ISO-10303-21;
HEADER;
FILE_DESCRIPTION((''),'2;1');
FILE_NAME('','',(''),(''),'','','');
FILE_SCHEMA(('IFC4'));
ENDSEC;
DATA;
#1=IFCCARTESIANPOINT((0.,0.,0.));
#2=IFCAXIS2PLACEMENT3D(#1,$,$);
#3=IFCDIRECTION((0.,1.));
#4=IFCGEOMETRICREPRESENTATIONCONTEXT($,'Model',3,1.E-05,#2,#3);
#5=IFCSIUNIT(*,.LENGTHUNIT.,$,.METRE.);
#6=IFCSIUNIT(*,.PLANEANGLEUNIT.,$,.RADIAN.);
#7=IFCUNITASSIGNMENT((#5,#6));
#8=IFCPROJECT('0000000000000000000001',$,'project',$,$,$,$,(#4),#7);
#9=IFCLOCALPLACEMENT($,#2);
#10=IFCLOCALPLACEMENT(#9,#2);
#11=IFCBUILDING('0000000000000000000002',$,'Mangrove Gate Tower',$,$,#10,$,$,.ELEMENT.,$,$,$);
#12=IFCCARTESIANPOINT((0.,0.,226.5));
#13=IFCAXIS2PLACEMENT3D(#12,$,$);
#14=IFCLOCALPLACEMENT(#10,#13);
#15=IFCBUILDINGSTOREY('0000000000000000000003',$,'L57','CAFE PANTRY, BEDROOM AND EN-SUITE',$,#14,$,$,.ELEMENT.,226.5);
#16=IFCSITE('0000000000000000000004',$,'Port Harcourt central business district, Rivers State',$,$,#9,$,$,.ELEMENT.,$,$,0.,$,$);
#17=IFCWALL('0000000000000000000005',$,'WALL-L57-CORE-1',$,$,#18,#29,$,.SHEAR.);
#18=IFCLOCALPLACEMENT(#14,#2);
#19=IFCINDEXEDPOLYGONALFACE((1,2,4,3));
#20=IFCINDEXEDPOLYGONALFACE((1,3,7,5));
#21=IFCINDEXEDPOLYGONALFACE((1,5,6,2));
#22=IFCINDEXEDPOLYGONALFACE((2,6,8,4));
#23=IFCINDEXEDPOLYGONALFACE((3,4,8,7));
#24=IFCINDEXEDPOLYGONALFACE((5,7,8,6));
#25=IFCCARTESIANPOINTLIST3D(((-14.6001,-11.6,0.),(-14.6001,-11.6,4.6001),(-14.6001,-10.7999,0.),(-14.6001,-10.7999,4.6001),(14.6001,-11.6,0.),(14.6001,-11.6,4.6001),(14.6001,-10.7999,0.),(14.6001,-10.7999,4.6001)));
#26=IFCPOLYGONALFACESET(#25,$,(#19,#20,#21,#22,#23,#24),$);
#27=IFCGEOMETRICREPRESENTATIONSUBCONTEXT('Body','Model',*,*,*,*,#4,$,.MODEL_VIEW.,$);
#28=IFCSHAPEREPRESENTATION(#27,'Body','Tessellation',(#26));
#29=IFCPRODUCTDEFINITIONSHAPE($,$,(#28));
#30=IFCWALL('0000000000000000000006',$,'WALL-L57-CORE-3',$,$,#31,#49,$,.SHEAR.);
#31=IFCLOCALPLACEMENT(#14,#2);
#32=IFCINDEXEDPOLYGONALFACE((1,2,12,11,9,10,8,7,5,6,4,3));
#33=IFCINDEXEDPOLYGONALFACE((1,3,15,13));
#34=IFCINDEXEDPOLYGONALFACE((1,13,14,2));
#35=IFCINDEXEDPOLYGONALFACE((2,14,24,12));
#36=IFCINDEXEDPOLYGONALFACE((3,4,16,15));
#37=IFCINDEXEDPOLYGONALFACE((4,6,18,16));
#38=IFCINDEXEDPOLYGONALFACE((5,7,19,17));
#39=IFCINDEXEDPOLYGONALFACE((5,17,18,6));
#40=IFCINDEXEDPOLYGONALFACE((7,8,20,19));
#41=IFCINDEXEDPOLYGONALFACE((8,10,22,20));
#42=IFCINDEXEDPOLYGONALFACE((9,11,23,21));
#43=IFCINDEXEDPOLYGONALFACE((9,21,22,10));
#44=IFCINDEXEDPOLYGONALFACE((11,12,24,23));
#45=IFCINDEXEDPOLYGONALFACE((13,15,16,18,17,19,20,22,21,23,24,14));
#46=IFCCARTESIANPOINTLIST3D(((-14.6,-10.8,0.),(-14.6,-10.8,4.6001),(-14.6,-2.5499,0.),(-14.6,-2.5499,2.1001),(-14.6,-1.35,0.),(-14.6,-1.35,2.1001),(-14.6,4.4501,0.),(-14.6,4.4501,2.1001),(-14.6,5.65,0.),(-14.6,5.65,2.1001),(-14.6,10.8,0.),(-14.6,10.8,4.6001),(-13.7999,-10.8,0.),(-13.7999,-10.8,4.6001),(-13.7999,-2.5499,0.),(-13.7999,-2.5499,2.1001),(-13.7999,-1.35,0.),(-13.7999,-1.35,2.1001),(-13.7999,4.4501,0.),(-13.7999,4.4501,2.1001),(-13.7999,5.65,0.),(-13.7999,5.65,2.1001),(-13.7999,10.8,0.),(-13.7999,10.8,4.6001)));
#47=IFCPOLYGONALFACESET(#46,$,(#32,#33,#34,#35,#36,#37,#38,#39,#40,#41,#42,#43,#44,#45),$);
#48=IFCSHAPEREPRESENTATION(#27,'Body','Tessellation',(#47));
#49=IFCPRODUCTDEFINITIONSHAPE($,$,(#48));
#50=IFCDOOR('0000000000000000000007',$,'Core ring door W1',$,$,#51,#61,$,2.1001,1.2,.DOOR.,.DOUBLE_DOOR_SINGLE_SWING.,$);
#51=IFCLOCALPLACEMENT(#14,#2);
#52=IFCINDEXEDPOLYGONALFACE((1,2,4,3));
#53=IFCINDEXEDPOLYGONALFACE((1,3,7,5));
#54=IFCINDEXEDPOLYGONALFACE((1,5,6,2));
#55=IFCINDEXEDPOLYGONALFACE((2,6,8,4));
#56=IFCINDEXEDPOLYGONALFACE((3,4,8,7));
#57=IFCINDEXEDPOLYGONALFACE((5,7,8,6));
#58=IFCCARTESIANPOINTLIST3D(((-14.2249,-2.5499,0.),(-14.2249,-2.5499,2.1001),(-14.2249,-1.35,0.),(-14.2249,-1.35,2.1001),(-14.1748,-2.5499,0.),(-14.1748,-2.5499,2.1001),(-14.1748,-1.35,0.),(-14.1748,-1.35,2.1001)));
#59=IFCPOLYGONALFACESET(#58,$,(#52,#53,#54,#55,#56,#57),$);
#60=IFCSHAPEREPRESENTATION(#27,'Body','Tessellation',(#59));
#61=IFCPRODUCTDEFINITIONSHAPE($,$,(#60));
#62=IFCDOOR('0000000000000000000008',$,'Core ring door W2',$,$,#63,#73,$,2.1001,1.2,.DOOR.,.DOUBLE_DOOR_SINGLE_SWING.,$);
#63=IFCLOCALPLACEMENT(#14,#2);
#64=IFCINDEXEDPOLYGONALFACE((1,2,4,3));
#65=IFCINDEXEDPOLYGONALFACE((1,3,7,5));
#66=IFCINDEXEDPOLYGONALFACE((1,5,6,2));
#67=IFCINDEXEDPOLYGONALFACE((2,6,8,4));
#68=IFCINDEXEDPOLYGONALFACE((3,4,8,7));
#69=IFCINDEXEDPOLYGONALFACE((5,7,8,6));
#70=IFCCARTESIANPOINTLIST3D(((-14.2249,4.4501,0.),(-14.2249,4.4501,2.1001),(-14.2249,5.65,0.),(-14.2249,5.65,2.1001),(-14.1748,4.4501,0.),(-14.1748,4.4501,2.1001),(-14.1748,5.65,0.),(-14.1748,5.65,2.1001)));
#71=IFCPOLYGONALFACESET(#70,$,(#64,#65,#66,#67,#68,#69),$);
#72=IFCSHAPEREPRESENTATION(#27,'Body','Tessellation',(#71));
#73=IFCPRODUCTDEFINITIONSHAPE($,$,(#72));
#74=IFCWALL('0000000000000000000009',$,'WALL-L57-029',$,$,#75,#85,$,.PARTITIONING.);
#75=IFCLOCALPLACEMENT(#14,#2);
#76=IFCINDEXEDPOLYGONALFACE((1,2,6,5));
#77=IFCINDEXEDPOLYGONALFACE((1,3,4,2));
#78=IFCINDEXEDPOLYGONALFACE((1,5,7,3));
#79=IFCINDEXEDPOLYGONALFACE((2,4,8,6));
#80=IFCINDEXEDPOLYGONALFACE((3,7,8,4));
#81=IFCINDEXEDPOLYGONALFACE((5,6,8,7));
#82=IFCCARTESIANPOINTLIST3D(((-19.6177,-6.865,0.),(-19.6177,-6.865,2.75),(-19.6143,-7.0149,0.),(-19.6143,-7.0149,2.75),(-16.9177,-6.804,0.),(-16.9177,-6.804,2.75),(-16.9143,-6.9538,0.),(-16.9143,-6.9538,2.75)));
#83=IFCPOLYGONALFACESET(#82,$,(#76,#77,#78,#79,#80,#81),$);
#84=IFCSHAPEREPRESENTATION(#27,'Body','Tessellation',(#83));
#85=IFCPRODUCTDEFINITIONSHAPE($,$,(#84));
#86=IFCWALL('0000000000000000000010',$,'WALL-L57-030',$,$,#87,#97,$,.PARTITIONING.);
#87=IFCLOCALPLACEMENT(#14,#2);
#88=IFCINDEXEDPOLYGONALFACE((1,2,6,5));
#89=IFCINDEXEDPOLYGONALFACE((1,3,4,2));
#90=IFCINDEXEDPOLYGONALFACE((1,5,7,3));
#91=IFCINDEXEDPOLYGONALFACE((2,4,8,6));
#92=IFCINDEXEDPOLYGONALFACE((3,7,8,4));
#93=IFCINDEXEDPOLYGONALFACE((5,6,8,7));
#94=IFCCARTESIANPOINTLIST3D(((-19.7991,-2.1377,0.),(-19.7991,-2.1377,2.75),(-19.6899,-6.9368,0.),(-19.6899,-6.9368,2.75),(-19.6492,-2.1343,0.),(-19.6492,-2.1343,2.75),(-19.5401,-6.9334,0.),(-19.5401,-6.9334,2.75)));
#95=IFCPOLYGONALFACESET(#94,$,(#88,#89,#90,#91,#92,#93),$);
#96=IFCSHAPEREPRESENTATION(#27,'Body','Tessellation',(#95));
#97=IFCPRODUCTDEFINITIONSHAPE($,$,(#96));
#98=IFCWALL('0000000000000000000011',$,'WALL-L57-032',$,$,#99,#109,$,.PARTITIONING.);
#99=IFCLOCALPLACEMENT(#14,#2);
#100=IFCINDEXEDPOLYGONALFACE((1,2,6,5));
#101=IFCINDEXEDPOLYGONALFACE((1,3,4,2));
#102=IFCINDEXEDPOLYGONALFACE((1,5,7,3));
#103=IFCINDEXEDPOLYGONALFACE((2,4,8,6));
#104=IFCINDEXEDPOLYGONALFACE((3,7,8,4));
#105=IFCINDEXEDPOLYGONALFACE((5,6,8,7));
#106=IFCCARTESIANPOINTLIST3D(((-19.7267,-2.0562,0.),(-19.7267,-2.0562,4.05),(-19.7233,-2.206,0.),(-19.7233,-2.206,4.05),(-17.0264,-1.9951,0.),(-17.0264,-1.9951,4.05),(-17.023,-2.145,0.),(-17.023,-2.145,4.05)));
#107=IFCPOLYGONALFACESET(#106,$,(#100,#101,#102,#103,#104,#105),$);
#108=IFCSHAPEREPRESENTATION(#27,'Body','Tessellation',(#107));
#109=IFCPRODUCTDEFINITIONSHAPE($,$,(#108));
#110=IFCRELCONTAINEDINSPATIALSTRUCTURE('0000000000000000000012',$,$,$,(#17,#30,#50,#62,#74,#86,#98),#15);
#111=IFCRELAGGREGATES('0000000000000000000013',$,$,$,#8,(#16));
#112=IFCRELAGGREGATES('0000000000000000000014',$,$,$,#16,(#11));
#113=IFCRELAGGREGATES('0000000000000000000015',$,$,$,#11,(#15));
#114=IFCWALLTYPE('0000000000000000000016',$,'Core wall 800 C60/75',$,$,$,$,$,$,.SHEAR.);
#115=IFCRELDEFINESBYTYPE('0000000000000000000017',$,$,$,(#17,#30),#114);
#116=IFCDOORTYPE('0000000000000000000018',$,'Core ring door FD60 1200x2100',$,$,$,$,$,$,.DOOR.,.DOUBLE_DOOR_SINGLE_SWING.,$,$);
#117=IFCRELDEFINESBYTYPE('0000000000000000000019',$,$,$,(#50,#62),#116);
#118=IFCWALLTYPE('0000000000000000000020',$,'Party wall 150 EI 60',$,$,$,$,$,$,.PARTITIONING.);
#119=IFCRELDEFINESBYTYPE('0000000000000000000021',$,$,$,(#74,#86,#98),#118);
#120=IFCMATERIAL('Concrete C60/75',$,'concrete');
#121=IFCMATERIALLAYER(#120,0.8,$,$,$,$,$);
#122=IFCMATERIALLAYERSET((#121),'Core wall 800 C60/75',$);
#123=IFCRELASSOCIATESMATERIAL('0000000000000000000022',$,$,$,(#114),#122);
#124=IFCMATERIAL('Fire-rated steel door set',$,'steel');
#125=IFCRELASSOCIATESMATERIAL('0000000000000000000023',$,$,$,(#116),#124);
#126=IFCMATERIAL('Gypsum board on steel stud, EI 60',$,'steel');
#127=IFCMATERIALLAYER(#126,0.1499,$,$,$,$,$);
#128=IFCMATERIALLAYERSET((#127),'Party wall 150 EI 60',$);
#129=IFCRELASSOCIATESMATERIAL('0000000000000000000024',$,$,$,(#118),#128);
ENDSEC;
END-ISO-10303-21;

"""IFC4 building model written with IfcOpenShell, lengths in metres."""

from ifc_helpers import new_model, si_unit, direction, frame, frame_2d, origin, place, context, subcontext, project, spatial, rectangle, extrude, material, layer, layer_set, type_object, element, fill, save


model = new_model("IFC4")

# Units and contexts
model_context = context("Model", 3, precision=1e-05, world=origin(), true_north=direction((0.0, 1.0)))
body_context = subcontext(model_context, "Body", "Model", "MODEL_VIEW")
ifc_project = project(units=[si_unit("LENGTHUNIT", "METRE"), si_unit("PLANEANGLEUNIT", "RADIAN")], contexts=[model_context])

# Site, building, storey
site_placement = place(None, origin())
site = spatial("IfcSite", under=ifc_project, at=site_placement, Name="Port Harcourt central business district, Rivers State", CompositionType="ELEMENT", RefElevation=0.0)
building_placement = place(site_placement, origin())
building = spatial("IfcBuilding", under=site, at=building_placement, Name="Mangrove Gate Tower", CompositionType="ELEMENT")
storey_placement = place(building_placement, frame((0.0, 0.0, 226.5)))
storey = spatial("IfcBuildingStorey", under=building, at=storey_placement, Name="L57", Description="CAFE PANTRY, BEDROOM AND EN-SUITE", CompositionType="ELEMENT", Elevation=226.5)

# Wall
ifc_material_1 = material(Name="Concrete C60/75", Category="concrete")
ifc_layer_1 = layer(ifc_material_1, 0.8)
ifc_layer_set_1 = layer_set([ifc_layer_1], Name="Core wall 800 C60/75")
wall_type_1 = type_object("IfcWallType", Name="Core wall 800 C60/75", PredefinedType="SHEAR", material=ifc_layer_set_1)
wall_1_placement = place(storey_placement, frame((-14.6001, -11.2, 0.0), z_axis=(0.0, 0.0, 1.0), x_axis=(1.0, 0.0, 0.0)))
element("IfcWall", 1, at=wall_1_placement, inside=storey, type_object=wall_type_1, Name="WALL-L57-CORE-1", PredefinedType="SHEAR", context=body_context, shape_type="SweptSolid", body=[
    extrude(rectangle(XDim=29.2002, YDim=0.8, at=frame_2d((14.6001, 0.0))), origin(), (0.0, 0.0, 1.0), 4.6001),
])

# Wall, openings, doors
wall_2_placement = place(storey_placement, frame((-14.2, -10.8, 0.0), z_axis=(0.0, 0.0, 1.0), x_axis=(0.0, 1.0, 0.0)))
wall_2 = element("IfcWall", 2, at=wall_2_placement, inside=storey, type_object=wall_type_1, Name="WALL-L57-CORE-3", PredefinedType="SHEAR", context=body_context, shape_type="SweptSolid", body=[
    extrude(rectangle(XDim=21.6001, YDim=0.8, at=frame_2d((10.8, 0.0))), origin(), (0.0, 0.0, 1.0), 4.6001),
])
opening_1_placement = place(wall_2_placement, frame((8.25, 0.0, 0.0)))
opening_1 = element("IfcOpeningElement", 3, at=opening_1_placement, cuts=wall_2, PredefinedType="OPENING", context=body_context, shape_type="SweptSolid", body=[
    extrude(rectangle(XDim=1.2, YDim=2.1001, at=frame_2d((0.6001, 1.05))), frame((0.0, 0.4099, 0.0), z_axis=(0.0, -1.0, 0.0), x_axis=(1.0, 0.0, 0.0)), (0.0, 0.0, 1.0), 0.8201),
])
opening_2_placement = place(wall_2_placement, frame((15.25, 0.0, 0.0)))
opening_2 = element("IfcOpeningElement", 4, at=opening_2_placement, cuts=wall_2, PredefinedType="OPENING", context=body_context, shape_type="SweptSolid", body=[
    extrude(rectangle(XDim=1.2, YDim=2.1001, at=frame_2d((0.6001, 1.05))), frame((0.0, 0.4099, 0.0), z_axis=(0.0, -1.0, 0.0), x_axis=(1.0, 0.0, 0.0)), (0.0, 0.0, 1.0), 0.8201),
])
ifc_material_2 = material(Name="Fire-rated steel door set", Category="steel")
door_type_1 = type_object("IfcDoorType", Name="Core ring door FD60 1200x2100", OperationType="DOUBLE_DOOR_SINGLE_SWING", PredefinedType="DOOR", material=ifc_material_2)
door_1_placement = place(opening_1_placement, origin())
door_1 = element("IfcDoor", 5, at=door_1_placement, inside=storey, type_object=door_type_1, Name="Core ring door W1", OperationType="DOUBLE_DOOR_SINGLE_SWING", OverallHeight=2.1001, OverallWidth=1.2, PredefinedType="DOOR", context=body_context, shape_type="SweptSolid", body=[
    extrude(rectangle(XDim=1.2, YDim=2.1001, at=frame_2d((0.6001, 1.05))), frame((0.0, 0.0249, 0.0), z_axis=(0.0, -1.0, 0.0), x_axis=(1.0, 0.0, 0.0)), (0.0, 0.0, 1.0), 0.05),
])
fill(opening_1, door_1)
door_2_placement = place(opening_2_placement, origin())
door_2 = element("IfcDoor", 6, at=door_2_placement, inside=storey, type_object=door_type_1, Name="Core ring door W2", OperationType="DOUBLE_DOOR_SINGLE_SWING", OverallHeight=2.1001, OverallWidth=1.2, PredefinedType="DOOR", context=body_context, shape_type="SweptSolid", body=[
    extrude(rectangle(XDim=1.2, YDim=2.1001, at=frame_2d((0.6001, 1.05))), frame((0.0, 0.0249, 0.0), z_axis=(0.0, -1.0, 0.0), x_axis=(1.0, 0.0, 0.0)), (0.0, 0.0, 1.0), 0.05),
])
fill(opening_2, door_2)

# Walls
ifc_material_3 = material(Name="Gypsum board on steel stud, EI 60", Category="steel")
ifc_layer_2 = layer(ifc_material_3, 0.1499)
ifc_layer_set_2 = layer_set([ifc_layer_2], Name="Party wall 150 EI 60")
wall_type_2 = type_object("IfcWallType", Name="Party wall 150 EI 60", PredefinedType="PARTITIONING", material=ifc_layer_set_2)
wall_3_placement = place(storey_placement, frame((-19.616, -6.9399, 0.0), z_axis=(0.0, 0.0, 1.0), x_axis=(0.999745, 0.0226, 0.0)))
element("IfcWall", 7, at=wall_3_placement, inside=storey, type_object=wall_type_2, Name="WALL-L57-029", PredefinedType="PARTITIONING", context=body_context, shape_type="SweptSolid", body=[
    extrude(rectangle(XDim=2.7007, YDim=0.1499, at=frame_2d((1.3503, 0.0))), origin(), (0.0, 0.0, 1.0), 2.75),
])
wall_4_placement = place(storey_placement, frame((-19.615, -6.9351, 0.0), z_axis=(0.0, 0.0, 1.0), x_axis=(-0.022734, 0.999742, 0.0)))
element("IfcWall", 8, at=wall_4_placement, inside=storey, type_object=wall_type_2, Name="WALL-L57-030", PredefinedType="PARTITIONING", context=body_context, shape_type="SweptSolid", body=[
    extrude(rectangle(XDim=4.8003, YDim=0.1499, at=frame_2d((2.4001, 0.0))), origin(), (0.0, 0.0, 1.0), 2.75),
])
wall_5_placement = place(storey_placement, frame((-19.7251, -2.1311, 0.0), z_axis=(0.0, 0.0, 1.0), x_axis=(0.999745, 0.022598, 0.0)))
element("IfcWall", 9, at=wall_5_placement, inside=storey, type_object=wall_type_2, Name="WALL-L57-032", PredefinedType="PARTITIONING", context=body_context, shape_type="SweptSolid", body=[
    extrude(rectangle(XDim=2.7009, YDim=0.1499, at=frame_2d((1.3506, 0.0))), origin(), (0.0, 0.0, 1.0), 4.05),
])

save(model, "model.ifc")
